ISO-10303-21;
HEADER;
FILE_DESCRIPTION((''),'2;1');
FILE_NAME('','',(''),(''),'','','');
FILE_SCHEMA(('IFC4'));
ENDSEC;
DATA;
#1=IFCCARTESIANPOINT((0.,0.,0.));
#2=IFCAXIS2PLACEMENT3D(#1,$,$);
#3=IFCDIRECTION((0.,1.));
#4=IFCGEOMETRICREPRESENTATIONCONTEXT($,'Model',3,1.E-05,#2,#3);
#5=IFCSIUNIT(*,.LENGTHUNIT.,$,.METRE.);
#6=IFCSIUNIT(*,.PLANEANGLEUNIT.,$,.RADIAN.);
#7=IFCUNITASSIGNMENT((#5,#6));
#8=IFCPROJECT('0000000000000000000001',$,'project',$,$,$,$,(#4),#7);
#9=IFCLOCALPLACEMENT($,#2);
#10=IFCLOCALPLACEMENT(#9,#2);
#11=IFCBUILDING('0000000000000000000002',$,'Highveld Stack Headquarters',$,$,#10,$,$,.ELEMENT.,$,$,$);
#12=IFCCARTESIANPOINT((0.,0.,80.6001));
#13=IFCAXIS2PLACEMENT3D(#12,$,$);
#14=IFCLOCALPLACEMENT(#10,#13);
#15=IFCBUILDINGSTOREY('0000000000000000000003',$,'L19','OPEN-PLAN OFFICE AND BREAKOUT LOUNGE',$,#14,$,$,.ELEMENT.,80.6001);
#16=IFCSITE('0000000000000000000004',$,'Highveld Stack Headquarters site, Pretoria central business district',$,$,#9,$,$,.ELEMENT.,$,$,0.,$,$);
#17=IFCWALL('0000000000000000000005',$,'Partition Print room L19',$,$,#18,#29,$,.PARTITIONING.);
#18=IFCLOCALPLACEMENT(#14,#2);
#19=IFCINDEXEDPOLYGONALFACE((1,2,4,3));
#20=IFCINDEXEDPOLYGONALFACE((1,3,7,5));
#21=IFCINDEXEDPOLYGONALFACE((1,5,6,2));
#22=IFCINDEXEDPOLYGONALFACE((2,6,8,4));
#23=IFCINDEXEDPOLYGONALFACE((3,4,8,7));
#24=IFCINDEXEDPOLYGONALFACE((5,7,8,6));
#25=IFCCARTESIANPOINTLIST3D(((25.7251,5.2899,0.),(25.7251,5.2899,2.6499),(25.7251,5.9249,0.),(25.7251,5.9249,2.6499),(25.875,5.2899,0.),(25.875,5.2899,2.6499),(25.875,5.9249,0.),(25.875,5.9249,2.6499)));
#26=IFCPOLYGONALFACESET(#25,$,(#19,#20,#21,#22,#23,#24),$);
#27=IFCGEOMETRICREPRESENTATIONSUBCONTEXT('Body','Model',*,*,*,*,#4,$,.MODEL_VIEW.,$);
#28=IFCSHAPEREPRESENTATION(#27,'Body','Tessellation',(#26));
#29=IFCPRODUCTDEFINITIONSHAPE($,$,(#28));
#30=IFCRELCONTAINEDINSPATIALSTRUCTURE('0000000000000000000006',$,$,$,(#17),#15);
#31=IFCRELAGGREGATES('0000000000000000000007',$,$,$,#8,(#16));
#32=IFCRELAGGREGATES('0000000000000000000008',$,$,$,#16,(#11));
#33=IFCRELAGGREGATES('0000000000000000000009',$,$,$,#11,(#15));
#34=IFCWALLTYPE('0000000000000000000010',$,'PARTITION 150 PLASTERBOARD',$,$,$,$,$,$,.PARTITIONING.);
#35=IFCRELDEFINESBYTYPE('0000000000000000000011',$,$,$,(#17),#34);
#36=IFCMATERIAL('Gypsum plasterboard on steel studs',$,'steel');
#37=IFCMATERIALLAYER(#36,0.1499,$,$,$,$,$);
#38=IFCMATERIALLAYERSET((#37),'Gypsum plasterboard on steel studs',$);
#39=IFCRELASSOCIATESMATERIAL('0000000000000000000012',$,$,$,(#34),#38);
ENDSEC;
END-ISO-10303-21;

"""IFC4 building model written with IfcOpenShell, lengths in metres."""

from ifc_helpers import new_model, si_unit, direction, frame, frame_2d, origin, place, context, subcontext, project, spatial, rectangle, extrude, material, layer, layer_set, type_object, element, save


model = new_model("IFC4")

# Units and contexts
model_context = context("Model", 3, precision=1e-05, world=origin(), true_north=direction((0.0, 1.0)))
body_context = subcontext(model_context, "Body", "Model", "MODEL_VIEW")
ifc_project = project(units=[si_unit("LENGTHUNIT", "METRE"), si_unit("PLANEANGLEUNIT", "RADIAN")], contexts=[model_context])

# Site, building, storey
site_placement = place(None, origin())
site = spatial("IfcSite", under=ifc_project, at=site_placement, Name="Highveld Stack Headquarters site, Pretoria central business district", CompositionType="ELEMENT", RefElevation=0.0)
building_placement = place(site_placement, origin())
building = spatial("IfcBuilding", under=site, at=building_placement, Name="Highveld Stack Headquarters", CompositionType="ELEMENT")
storey_placement = place(building_placement, frame((0.0, 0.0, 80.6001)))
storey = spatial("IfcBuildingStorey", under=building, at=storey_placement, Name="L19", Description="OPEN-PLAN OFFICE AND BREAKOUT LOUNGE", CompositionType="ELEMENT", Elevation=80.6001)

# Shared definitions
ifc_material_1 = material(Name="Gypsum plasterboard on steel studs", Category="steel")
ifc_layer_1 = layer(ifc_material_1, 0.1499)
ifc_layer_set_1 = layer_set([ifc_layer_1], Name="Gypsum plasterboard on steel studs")
wall_type = type_object("IfcWallType", Name="PARTITION 150 PLASTERBOARD", PredefinedType="PARTITIONING", material=ifc_layer_set_1)

# Wall
wall_1_placement = place(storey_placement, frame((25.8, 5.29, 0.0), z_axis=(0.0, 0.0, 1.0), x_axis=(0.0, 1.0, 0.0)))
element("IfcWall", 1, at=wall_1_placement, inside=storey, type_object=wall_type, Name="Partition Print room L19", PredefinedType="PARTITIONING", context=body_context, shape_type="SweptSolid", body=[
    extrude(rectangle(XDim=0.635, YDim=0.1499, at=frame_2d((0.3174, 0.0))), origin(), (0.0, 0.0, 1.0), 2.6499),
])

save(model, "model.ifc")
